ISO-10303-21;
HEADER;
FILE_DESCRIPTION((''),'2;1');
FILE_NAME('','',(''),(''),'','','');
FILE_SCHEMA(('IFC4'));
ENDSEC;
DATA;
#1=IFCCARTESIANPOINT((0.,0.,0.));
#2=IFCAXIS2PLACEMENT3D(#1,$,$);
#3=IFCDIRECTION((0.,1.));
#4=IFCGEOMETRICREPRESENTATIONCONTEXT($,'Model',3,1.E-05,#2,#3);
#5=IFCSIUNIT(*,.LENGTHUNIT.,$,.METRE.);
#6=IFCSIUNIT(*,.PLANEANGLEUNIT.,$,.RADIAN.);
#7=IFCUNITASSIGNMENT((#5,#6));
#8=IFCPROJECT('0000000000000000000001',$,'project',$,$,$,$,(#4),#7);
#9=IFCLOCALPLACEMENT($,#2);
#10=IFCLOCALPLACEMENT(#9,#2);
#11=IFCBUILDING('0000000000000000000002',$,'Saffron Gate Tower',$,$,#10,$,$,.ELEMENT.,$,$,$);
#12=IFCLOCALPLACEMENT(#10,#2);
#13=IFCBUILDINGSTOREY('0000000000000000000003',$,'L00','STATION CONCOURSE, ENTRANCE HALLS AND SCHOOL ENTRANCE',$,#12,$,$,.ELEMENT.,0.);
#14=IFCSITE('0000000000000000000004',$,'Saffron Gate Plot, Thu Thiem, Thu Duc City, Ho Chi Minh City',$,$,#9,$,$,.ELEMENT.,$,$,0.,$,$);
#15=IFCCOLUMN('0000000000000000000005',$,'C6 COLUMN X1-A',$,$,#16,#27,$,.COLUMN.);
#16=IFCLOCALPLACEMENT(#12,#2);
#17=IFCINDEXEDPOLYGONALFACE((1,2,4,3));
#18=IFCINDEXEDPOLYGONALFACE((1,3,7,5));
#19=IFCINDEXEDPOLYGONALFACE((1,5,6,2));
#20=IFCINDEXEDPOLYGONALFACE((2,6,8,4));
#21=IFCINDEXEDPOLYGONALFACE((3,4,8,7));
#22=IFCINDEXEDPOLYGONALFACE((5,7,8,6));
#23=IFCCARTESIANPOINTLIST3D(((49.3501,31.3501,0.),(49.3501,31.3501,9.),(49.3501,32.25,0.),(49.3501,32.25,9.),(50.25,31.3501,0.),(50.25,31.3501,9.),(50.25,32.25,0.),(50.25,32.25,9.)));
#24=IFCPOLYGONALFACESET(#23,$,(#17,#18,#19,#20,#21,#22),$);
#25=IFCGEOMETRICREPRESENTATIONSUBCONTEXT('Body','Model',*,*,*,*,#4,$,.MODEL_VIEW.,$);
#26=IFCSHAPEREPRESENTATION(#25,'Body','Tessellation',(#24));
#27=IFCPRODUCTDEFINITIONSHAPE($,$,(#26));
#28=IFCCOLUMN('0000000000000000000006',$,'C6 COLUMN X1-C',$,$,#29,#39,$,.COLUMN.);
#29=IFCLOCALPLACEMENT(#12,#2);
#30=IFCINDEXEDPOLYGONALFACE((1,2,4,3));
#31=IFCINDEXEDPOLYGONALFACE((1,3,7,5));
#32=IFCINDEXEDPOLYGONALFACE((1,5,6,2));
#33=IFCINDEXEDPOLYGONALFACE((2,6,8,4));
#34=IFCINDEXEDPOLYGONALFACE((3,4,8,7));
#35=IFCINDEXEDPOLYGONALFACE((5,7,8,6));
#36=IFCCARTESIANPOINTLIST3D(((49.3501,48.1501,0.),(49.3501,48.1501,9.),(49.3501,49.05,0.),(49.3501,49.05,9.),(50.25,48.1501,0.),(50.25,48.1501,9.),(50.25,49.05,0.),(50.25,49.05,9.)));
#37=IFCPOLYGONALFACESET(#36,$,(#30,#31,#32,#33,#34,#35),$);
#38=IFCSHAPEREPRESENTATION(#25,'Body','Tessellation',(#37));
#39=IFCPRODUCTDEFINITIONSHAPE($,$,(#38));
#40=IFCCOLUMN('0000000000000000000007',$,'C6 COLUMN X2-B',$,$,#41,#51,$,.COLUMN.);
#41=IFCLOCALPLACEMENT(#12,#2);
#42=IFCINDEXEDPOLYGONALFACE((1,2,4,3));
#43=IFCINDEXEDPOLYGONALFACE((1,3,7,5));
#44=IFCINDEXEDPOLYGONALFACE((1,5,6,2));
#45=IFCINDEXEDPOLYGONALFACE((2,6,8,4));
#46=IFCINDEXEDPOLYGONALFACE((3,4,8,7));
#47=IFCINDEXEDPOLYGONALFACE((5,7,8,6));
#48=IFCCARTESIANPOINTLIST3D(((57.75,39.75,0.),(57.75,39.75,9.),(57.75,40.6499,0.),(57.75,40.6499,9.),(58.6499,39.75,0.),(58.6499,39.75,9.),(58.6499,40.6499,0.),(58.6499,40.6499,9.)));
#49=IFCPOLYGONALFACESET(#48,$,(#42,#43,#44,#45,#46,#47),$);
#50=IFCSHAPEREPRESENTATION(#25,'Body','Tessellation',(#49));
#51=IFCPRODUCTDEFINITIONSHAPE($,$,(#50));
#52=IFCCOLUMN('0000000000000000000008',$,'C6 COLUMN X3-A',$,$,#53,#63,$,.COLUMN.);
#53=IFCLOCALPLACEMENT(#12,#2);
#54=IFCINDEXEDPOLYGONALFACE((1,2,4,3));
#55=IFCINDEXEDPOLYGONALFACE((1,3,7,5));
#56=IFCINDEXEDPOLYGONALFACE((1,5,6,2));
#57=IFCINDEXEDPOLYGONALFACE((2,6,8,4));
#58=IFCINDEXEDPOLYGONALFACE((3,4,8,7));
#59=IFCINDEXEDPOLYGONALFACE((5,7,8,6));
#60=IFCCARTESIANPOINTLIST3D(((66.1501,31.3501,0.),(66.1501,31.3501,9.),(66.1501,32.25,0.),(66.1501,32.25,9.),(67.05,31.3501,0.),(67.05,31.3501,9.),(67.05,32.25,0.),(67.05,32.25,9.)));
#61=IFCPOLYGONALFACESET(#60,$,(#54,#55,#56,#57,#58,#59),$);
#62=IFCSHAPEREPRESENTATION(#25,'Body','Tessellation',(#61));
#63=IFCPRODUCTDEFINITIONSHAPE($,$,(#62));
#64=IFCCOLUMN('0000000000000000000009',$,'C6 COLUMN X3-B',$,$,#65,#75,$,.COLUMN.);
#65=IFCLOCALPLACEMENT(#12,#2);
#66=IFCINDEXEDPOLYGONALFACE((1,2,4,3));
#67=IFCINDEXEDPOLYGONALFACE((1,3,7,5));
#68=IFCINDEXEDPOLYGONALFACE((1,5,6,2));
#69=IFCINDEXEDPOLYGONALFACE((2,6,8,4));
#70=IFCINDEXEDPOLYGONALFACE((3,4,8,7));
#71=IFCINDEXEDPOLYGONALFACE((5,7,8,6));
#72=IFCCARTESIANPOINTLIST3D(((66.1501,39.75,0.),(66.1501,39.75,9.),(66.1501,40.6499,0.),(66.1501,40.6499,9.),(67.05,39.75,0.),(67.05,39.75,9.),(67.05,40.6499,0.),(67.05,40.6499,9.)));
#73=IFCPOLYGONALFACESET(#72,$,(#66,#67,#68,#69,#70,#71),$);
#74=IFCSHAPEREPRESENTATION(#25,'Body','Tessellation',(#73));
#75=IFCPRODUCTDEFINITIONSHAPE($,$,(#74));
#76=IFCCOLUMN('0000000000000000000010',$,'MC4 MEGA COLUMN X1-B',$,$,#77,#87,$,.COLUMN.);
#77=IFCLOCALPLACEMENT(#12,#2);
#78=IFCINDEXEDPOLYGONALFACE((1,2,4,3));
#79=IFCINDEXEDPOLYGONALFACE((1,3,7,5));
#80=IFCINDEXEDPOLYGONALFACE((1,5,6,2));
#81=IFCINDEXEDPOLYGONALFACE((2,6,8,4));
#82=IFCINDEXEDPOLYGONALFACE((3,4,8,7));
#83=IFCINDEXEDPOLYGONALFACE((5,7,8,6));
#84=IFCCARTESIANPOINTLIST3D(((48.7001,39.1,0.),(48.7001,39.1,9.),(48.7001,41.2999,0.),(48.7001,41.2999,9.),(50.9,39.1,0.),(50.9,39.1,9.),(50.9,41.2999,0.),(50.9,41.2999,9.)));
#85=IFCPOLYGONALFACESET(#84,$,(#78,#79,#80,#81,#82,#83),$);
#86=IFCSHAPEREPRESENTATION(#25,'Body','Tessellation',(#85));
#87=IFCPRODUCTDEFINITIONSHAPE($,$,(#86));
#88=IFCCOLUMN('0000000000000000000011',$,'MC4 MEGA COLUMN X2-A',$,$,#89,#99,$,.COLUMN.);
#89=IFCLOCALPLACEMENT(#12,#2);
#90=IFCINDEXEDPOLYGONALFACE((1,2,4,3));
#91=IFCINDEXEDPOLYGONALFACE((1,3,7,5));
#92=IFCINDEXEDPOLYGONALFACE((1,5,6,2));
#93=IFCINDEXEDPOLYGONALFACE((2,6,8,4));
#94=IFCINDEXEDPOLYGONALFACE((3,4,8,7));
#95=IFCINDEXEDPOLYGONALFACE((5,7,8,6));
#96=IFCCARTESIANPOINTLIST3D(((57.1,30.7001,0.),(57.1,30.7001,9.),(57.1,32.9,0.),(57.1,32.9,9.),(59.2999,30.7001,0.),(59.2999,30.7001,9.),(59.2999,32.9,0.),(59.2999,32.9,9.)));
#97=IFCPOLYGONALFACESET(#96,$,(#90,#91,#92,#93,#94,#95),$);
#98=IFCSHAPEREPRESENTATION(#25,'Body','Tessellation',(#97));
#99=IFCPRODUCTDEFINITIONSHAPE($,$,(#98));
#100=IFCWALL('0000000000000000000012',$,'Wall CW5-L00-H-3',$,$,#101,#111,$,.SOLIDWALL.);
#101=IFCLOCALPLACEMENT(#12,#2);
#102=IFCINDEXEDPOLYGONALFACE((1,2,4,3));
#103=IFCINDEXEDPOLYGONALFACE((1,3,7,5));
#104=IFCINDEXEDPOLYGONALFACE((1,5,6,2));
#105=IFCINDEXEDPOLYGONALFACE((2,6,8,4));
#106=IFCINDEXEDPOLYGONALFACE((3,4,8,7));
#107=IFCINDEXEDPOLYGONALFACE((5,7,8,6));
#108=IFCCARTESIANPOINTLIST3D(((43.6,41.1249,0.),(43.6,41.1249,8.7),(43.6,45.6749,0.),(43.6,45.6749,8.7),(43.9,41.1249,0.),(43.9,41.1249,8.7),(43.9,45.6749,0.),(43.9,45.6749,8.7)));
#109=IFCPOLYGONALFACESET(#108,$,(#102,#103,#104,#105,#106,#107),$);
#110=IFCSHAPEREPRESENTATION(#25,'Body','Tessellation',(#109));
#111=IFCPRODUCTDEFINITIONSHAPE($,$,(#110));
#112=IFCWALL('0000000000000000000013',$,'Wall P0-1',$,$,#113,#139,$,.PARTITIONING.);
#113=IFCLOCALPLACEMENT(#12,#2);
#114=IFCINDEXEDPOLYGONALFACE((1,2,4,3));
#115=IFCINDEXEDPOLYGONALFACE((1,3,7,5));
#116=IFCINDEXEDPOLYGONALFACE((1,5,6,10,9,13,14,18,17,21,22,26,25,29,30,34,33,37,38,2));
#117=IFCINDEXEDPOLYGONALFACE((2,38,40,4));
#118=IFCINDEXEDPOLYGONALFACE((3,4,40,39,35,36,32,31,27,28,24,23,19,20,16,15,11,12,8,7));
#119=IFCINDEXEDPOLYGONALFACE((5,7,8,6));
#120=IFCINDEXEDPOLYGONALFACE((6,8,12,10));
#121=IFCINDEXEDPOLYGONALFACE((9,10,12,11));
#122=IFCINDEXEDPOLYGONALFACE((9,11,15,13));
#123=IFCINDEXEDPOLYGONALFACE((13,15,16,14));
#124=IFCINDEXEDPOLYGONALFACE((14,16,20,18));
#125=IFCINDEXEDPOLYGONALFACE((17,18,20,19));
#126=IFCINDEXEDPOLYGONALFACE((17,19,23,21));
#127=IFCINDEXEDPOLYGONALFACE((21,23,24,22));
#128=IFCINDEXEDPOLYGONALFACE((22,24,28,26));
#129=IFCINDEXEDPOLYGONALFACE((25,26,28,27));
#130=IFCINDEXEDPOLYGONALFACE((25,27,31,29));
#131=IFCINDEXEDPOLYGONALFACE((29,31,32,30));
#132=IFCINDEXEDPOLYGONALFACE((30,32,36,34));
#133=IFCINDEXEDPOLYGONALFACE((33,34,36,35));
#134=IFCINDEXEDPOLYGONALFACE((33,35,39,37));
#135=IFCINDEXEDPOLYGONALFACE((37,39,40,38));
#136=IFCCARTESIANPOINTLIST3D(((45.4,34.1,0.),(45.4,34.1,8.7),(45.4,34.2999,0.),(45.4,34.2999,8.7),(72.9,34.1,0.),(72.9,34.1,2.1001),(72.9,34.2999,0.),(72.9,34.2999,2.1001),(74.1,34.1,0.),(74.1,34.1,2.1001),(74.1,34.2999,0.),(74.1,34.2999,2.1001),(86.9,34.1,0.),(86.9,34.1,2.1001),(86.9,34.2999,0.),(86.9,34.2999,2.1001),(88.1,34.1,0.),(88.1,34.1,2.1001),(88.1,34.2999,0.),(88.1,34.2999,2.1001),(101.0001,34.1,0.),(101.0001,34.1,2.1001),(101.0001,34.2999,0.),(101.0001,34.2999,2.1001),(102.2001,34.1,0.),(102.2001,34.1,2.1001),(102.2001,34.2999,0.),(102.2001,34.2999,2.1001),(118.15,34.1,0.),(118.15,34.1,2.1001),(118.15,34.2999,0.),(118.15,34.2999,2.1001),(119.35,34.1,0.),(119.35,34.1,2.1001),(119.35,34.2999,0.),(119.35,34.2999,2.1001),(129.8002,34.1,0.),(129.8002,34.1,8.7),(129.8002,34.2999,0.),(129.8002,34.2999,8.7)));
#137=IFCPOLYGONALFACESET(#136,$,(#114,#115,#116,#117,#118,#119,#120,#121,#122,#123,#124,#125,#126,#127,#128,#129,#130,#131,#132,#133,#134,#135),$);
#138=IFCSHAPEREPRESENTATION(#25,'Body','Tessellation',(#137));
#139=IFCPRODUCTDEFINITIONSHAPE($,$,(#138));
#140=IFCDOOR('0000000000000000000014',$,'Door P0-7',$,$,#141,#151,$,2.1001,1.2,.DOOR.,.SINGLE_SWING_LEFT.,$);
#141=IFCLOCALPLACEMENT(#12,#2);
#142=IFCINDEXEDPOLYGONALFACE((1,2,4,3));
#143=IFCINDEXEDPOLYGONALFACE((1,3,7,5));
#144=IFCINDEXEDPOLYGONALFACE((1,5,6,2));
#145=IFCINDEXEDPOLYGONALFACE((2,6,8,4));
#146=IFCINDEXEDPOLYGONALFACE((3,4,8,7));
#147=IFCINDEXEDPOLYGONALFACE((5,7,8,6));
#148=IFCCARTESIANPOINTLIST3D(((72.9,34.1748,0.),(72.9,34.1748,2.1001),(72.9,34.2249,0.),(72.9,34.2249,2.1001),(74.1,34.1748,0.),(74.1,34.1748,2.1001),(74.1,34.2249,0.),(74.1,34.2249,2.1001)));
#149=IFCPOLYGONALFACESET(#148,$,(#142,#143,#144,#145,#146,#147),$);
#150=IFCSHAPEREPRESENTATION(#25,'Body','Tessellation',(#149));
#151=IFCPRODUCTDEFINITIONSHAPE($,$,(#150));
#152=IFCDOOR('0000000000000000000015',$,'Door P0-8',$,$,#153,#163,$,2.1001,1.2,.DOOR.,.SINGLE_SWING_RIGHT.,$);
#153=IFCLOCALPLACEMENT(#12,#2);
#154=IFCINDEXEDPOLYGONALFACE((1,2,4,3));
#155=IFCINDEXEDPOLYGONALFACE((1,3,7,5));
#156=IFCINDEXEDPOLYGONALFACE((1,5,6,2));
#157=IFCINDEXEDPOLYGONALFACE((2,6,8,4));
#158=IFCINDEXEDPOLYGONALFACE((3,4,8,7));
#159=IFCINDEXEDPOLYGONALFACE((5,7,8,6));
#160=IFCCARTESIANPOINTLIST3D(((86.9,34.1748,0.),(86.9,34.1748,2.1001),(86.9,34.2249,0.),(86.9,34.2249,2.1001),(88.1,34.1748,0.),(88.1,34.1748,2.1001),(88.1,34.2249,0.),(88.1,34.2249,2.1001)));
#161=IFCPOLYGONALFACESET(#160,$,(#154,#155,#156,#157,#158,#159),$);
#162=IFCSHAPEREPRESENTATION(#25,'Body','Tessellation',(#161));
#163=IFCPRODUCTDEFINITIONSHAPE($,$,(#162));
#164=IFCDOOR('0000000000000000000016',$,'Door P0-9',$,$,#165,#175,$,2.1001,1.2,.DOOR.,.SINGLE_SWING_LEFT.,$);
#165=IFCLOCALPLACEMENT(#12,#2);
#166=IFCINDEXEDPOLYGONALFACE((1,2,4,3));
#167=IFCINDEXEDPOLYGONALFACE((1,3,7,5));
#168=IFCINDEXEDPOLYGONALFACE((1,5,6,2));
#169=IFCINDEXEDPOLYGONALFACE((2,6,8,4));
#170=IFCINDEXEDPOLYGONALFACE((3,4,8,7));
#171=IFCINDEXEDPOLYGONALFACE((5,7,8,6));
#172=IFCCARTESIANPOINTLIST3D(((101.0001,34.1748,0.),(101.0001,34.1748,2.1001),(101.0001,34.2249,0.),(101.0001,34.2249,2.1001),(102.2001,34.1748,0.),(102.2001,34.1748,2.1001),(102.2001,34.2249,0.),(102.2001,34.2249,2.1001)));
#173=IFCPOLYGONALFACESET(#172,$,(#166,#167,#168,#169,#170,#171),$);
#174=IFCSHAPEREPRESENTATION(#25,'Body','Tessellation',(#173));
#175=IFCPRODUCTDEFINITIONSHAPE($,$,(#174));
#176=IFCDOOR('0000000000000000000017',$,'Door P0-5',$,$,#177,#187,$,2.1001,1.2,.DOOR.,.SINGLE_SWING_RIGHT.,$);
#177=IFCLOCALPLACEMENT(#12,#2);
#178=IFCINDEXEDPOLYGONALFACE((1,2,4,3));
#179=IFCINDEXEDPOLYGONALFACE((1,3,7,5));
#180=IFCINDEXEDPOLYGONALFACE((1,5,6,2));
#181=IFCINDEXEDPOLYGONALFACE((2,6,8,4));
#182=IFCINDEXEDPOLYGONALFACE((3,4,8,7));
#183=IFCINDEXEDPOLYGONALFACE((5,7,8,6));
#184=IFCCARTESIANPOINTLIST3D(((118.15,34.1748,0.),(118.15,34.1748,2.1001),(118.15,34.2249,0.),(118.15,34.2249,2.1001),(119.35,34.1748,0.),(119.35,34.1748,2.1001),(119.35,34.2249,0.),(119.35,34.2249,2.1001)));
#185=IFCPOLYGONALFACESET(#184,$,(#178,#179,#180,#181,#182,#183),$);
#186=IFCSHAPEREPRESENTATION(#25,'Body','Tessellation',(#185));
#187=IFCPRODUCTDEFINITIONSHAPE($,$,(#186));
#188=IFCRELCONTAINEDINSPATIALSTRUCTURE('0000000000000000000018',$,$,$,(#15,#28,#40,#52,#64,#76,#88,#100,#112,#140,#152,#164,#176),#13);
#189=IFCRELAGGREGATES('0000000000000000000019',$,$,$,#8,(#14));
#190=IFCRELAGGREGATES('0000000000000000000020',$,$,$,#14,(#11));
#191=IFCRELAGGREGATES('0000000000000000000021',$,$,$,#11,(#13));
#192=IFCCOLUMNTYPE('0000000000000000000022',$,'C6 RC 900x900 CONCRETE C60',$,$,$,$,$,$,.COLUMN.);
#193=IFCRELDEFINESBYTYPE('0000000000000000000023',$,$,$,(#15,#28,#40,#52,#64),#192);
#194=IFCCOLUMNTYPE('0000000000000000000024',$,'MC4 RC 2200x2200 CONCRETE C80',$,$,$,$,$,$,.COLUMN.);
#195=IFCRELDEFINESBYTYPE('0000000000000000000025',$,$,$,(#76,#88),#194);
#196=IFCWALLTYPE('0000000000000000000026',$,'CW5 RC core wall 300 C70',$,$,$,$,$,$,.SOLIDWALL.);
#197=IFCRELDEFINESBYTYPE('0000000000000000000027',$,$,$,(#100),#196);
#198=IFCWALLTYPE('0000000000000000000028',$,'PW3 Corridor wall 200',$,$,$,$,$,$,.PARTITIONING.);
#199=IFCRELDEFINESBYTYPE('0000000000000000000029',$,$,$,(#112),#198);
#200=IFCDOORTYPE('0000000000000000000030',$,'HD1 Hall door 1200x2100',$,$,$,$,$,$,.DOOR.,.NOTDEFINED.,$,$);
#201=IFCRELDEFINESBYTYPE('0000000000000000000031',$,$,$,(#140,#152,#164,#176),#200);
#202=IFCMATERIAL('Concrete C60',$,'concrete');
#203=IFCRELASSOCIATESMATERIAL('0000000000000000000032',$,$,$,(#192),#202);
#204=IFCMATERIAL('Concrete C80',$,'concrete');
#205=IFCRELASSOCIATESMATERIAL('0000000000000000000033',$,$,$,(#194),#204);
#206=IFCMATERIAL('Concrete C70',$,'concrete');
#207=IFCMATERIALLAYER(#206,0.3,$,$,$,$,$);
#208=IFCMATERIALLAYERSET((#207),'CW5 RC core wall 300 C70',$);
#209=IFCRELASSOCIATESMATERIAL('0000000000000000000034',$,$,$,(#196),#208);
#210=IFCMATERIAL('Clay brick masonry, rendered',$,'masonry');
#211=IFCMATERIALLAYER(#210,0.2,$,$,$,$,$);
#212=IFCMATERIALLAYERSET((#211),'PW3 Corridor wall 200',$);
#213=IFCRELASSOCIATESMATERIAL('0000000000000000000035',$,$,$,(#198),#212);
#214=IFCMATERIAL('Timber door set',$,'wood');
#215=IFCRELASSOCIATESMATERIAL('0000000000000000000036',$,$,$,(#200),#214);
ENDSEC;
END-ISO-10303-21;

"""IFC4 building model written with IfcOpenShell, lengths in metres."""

from ifc_helpers import new_model, si_unit, direction, frame, frame_2d, origin, origin_2d, place, context, subcontext, project, spatial, rectangle, extrude, material, layer, layer_set, material_profile, profile_set, type_object, element, fill, save


model = new_model("IFC4")

# Units and contexts
model_context = context("Model", 3, precision=1e-05, world=origin(), true_north=direction((0.0, 1.0)))
body_context = subcontext(model_context, "Body", "Model", "MODEL_VIEW")
ifc_project = project(units=[si_unit("LENGTHUNIT", "METRE"), si_unit("PLANEANGLEUNIT", "RADIAN")], contexts=[model_context])

# Site, building, storey
site_placement = place(None, origin())
site = spatial("IfcSite", under=ifc_project, at=site_placement, Name="Saffron Gate Plot, Thu Thiem, Thu Duc City, Ho Chi Minh City", CompositionType="ELEMENT", RefElevation=0.0)
building_placement = place(site_placement, origin())
building = spatial("IfcBuilding", under=site, at=building_placement, Name="Saffron Gate Tower", CompositionType="ELEMENT")
storey_placement = place(building_placement, origin())
storey = spatial("IfcBuildingStorey", under=building, at=storey_placement, Name="L00", Description="STATION CONCOURSE, ENTRANCE HALLS AND SCHOOL ENTRANCE", CompositionType="ELEMENT", Elevation=0.0)

# Columns
ifc_material_1 = material(Name="Concrete C60", Category="concrete")
ifc_material_profile_1 = material_profile(ifc_material_1, rectangle(XDim=0.8999, YDim=0.8999, at=origin_2d()))
ifc_profile_set_1 = profile_set([ifc_material_profile_1], Name="Concrete C60")
column_type_1 = type_object("IfcColumnType", Name="C6 RC 900x900 CONCRETE C60", PredefinedType="COLUMN", material=ifc_profile_set_1)
for number, where, z_axis, x_axis, name in (
    (1, (49.8, 31.8, 0.0), (0.0, 0.0, 1.0), (1.0, 0.0, 0.0), "C6 COLUMN X1-A"),
    (2, (49.8, 48.6001, 0.0), (0.0, 0.0, 1.0), (1.0, 0.0, 0.0), "C6 COLUMN X1-C"),
    (3, (58.2, 40.2, 0.0), (0.0, 0.0, 1.0), (1.0, 0.0, 0.0), "C6 COLUMN X2-B"),
    (4, (66.6001, 31.8, 0.0), (0.0, 0.0, 1.0), (1.0, 0.0, 0.0), "C6 COLUMN X3-A"),
    (5, (66.6001, 40.2, 0.0), (0.0, 0.0, 1.0), (1.0, 0.0, 0.0), "C6 COLUMN X3-B"),
):
    element("IfcColumn", number, at=place(storey_placement, frame(where, z_axis=z_axis, x_axis=x_axis)), inside=storey, type_object=column_type_1, Name=name, PredefinedType="COLUMN", context=body_context, shape_type="SweptSolid", body=[
        extrude(rectangle(XDim=0.8999, YDim=0.8999, at=origin_2d()), origin(), (0.0, 0.0, 1.0), 9.0),
    ])
ifc_material_2 = material(Name="Concrete C80", Category="concrete")
ifc_material_profile_2 = material_profile(ifc_material_2, rectangle(XDim=2.2, YDim=2.2, at=origin_2d()))
ifc_profile_set_2 = profile_set([ifc_material_profile_2], Name="Concrete C80")
column_type_2 = type_object("IfcColumnType", Name="MC4 RC 2200x2200 CONCRETE C80", PredefinedType="COLUMN", material=ifc_profile_set_2)
for number, where, z_axis, x_axis, name in (
    (6, (49.8, 40.2, 0.0), (0.0, 0.0, 1.0), (1.0, 0.0, 0.0), "MC4 MEGA COLUMN X1-B"),
    (7, (58.2, 31.8, 0.0), (0.0, 0.0, 1.0), (1.0, 0.0, 0.0), "MC4 MEGA COLUMN X2-A"),
):
    element("IfcColumn", number, at=place(storey_placement, frame(where, z_axis=z_axis, x_axis=x_axis)), inside=storey, type_object=column_type_2, Name=name, PredefinedType="COLUMN", context=body_context, shape_type="SweptSolid", body=[
        extrude(rectangle(XDim=2.2, YDim=2.2, at=origin_2d()), origin(), (0.0, 0.0, 1.0), 9.0),
    ])

# Wall
ifc_material_3 = material(Name="Concrete C70", Category="concrete")
ifc_layer_1 = layer(ifc_material_3, 0.3)
ifc_layer_set_1 = layer_set([ifc_layer_1], Name="CW5 RC core wall 300 C70")
wall_type_1 = type_object("IfcWallType", Name="CW5 RC core wall 300 C70", PredefinedType="SOLIDWALL", material=ifc_layer_set_1)
wall_1_placement = place(storey_placement, frame((43.75, 41.125, 0.0), z_axis=(0.0, 0.0, 1.0), x_axis=(0.0, 1.0, 0.0)))
element("IfcWall", 8, at=wall_1_placement, inside=storey, type_object=wall_type_1, Name="Wall CW5-L00-H-3", PredefinedType="SOLIDWALL", context=body_context, shape_type="SweptSolid", body=[
    extrude(rectangle(XDim=4.55, YDim=0.3, at=frame_2d((2.2749, 0.0))), origin(), (0.0, 0.0, 1.0), 8.7),
])

# Wall, openings, doors
ifc_material_4 = material(Name="Clay brick masonry, rendered", Category="masonry")
ifc_layer_2 = layer(ifc_material_4, 0.2)
ifc_layer_set_2 = layer_set([ifc_layer_2], Name="PW3 Corridor wall 200")
wall_type_2 = type_object("IfcWallType", Name="PW3 Corridor wall 200", PredefinedType="PARTITIONING", material=ifc_layer_set_2)
wall_2_placement = place(storey_placement, frame((45.3999, 34.2, 0.0), z_axis=(0.0, 0.0, 1.0), x_axis=(1.0, 0.0, 0.0)))
wall_2 = element("IfcWall", 9, at=wall_2_placement, inside=storey, type_object=wall_type_2, Name="Wall P0-1", PredefinedType="PARTITIONING", context=body_context, shape_type="SweptSolid", body=[
    extrude(rectangle(XDim=84.4001, YDim=0.2, at=frame_2d((42.2002, 0.0))), origin(), (0.0, 0.0, 1.0), 8.7),
])
opening_1_placement = place(wall_2_placement, frame((27.5, 0.0, 0.0)))
opening_1 = element("IfcOpeningElement", 10, at=opening_1_placement, cuts=wall_2, PredefinedType="OPENING", context=body_context, shape_type="SweptSolid", body=[
    extrude(rectangle(XDim=1.2, YDim=2.1001, at=frame_2d((0.6001, 1.05))), frame((0.0, 0.1099, 0.0), z_axis=(0.0, -1.0, 0.0), x_axis=(1.0, 0.0, 0.0)), (0.0, 0.0, 1.0), 0.22),
])
opening_2_placement = place(wall_2_placement, frame((41.5, 0.0, 0.0)))
opening_2 = element("IfcOpeningElement", 11, at=opening_2_placement, cuts=wall_2, PredefinedType="OPENING", context=body_context, shape_type="SweptSolid", body=[
    extrude(rectangle(XDim=1.2, YDim=2.1001, at=frame_2d((0.6001, 1.05))), frame((0.0, 0.1099, 0.0), z_axis=(0.0, -1.0, 0.0), x_axis=(1.0, 0.0, 0.0)), (0.0, 0.0, 1.0), 0.22),
])
opening_3_placement = place(wall_2_placement, frame((55.6001, 0.0, 0.0)))
opening_3 = element("IfcOpeningElement", 12, at=opening_3_placement, cuts=wall_2, PredefinedType="OPENING", context=body_context, shape_type="SweptSolid", body=[
    extrude(rectangle(XDim=1.2, YDim=2.1001, at=frame_2d((0.6001, 1.05))), frame((0.0, 0.1099, 0.0), z_axis=(0.0, -1.0, 0.0), x_axis=(1.0, 0.0, 0.0)), (0.0, 0.0, 1.0), 0.22),
])
opening_4_placement = place(wall_2_placement, frame((72.75, 0.0, 0.0)))
opening_4 = element("IfcOpeningElement", 13, at=opening_4_placement, cuts=wall_2, PredefinedType="OPENING", context=body_context, shape_type="SweptSolid", body=[
    extrude(rectangle(XDim=1.2, YDim=2.1001, at=frame_2d((0.6001, 1.05))), frame((0.0, 0.1099, 0.0), z_axis=(0.0, -1.0, 0.0), x_axis=(1.0, 0.0, 0.0)), (0.0, 0.0, 1.0), 0.22),
])
ifc_material_5 = material(Name="Timber door set", Category="wood")
door_type_1 = type_object("IfcDoorType", Name="HD1 Hall door 1200x2100", OperationType="NOTDEFINED", PredefinedType="DOOR", material=ifc_material_5)
door_1_placement = place(opening_1_placement, origin())
door_1 = element("IfcDoor", 14, at=door_1_placement, inside=storey, type_object=door_type_1, Name="Door P0-7", OperationType="SINGLE_SWING_LEFT", OverallHeight=2.1001, OverallWidth=1.2, PredefinedType="DOOR", context=body_context, shape_type="SweptSolid", body=[
    extrude(rectangle(XDim=1.2, YDim=2.1001, at=frame_2d((0.6001, 1.05))), frame((0.0, 0.0249, 0.0), z_axis=(0.0, -1.0, 0.0), x_axis=(1.0, 0.0, 0.0)), (0.0, 0.0, 1.0), 0.05),
])
fill(opening_1, door_1)
door_2_placement = place(opening_2_placement, origin())
door_2 = element("IfcDoor", 15, at=door_2_placement, inside=storey, type_object=door_type_1, Name="Door P0-8", OperationType="SINGLE_SWING_RIGHT", OverallHeight=2.1001, OverallWidth=1.2, PredefinedType="DOOR", context=body_context, shape_type="SweptSolid", body=[
    extrude(rectangle(XDim=1.2, YDim=2.1001, at=frame_2d((0.6001, 1.05))), frame((0.0, 0.0249, 0.0), z_axis=(0.0, -1.0, 0.0), x_axis=(1.0, 0.0, 0.0)), (0.0, 0.0, 1.0), 0.05),
])
fill(opening_2, door_2)
door_3_placement = place(opening_3_placement, origin())
door_3 = element("IfcDoor", 16, at=door_3_placement, inside=storey, type_object=door_type_1, Name="Door P0-9", OperationType="SINGLE_SWING_LEFT", OverallHeight=2.1001, OverallWidth=1.2, PredefinedType="DOOR", context=body_context, shape_type="SweptSolid", body=[
    extrude(rectangle(XDim=1.2, YDim=2.1001, at=frame_2d((0.6001, 1.05))), frame((0.0, 0.0249, 0.0), z_axis=(0.0, -1.0, 0.0), x_axis=(1.0, 0.0, 0.0)), (0.0, 0.0, 1.0), 0.05),
])
fill(opening_3, door_3)
door_4_placement = place(opening_4_placement, origin())
door_4 = element("IfcDoor", 17, at=door_4_placement, inside=storey, type_object=door_type_1, Name="Door P0-5", OperationType="SINGLE_SWING_RIGHT", OverallHeight=2.1001, OverallWidth=1.2, PredefinedType="DOOR", context=body_context, shape_type="SweptSolid", body=[
    extrude(rectangle(XDim=1.2, YDim=2.1001, at=frame_2d((0.6001, 1.05))), frame((0.0, 0.0249, 0.0), z_axis=(0.0, -1.0, 0.0), x_axis=(1.0, 0.0, 0.0)), (0.0, 0.0, 1.0), 0.05),
])
fill(opening_4, door_4)

save(model, "model.ifc")
